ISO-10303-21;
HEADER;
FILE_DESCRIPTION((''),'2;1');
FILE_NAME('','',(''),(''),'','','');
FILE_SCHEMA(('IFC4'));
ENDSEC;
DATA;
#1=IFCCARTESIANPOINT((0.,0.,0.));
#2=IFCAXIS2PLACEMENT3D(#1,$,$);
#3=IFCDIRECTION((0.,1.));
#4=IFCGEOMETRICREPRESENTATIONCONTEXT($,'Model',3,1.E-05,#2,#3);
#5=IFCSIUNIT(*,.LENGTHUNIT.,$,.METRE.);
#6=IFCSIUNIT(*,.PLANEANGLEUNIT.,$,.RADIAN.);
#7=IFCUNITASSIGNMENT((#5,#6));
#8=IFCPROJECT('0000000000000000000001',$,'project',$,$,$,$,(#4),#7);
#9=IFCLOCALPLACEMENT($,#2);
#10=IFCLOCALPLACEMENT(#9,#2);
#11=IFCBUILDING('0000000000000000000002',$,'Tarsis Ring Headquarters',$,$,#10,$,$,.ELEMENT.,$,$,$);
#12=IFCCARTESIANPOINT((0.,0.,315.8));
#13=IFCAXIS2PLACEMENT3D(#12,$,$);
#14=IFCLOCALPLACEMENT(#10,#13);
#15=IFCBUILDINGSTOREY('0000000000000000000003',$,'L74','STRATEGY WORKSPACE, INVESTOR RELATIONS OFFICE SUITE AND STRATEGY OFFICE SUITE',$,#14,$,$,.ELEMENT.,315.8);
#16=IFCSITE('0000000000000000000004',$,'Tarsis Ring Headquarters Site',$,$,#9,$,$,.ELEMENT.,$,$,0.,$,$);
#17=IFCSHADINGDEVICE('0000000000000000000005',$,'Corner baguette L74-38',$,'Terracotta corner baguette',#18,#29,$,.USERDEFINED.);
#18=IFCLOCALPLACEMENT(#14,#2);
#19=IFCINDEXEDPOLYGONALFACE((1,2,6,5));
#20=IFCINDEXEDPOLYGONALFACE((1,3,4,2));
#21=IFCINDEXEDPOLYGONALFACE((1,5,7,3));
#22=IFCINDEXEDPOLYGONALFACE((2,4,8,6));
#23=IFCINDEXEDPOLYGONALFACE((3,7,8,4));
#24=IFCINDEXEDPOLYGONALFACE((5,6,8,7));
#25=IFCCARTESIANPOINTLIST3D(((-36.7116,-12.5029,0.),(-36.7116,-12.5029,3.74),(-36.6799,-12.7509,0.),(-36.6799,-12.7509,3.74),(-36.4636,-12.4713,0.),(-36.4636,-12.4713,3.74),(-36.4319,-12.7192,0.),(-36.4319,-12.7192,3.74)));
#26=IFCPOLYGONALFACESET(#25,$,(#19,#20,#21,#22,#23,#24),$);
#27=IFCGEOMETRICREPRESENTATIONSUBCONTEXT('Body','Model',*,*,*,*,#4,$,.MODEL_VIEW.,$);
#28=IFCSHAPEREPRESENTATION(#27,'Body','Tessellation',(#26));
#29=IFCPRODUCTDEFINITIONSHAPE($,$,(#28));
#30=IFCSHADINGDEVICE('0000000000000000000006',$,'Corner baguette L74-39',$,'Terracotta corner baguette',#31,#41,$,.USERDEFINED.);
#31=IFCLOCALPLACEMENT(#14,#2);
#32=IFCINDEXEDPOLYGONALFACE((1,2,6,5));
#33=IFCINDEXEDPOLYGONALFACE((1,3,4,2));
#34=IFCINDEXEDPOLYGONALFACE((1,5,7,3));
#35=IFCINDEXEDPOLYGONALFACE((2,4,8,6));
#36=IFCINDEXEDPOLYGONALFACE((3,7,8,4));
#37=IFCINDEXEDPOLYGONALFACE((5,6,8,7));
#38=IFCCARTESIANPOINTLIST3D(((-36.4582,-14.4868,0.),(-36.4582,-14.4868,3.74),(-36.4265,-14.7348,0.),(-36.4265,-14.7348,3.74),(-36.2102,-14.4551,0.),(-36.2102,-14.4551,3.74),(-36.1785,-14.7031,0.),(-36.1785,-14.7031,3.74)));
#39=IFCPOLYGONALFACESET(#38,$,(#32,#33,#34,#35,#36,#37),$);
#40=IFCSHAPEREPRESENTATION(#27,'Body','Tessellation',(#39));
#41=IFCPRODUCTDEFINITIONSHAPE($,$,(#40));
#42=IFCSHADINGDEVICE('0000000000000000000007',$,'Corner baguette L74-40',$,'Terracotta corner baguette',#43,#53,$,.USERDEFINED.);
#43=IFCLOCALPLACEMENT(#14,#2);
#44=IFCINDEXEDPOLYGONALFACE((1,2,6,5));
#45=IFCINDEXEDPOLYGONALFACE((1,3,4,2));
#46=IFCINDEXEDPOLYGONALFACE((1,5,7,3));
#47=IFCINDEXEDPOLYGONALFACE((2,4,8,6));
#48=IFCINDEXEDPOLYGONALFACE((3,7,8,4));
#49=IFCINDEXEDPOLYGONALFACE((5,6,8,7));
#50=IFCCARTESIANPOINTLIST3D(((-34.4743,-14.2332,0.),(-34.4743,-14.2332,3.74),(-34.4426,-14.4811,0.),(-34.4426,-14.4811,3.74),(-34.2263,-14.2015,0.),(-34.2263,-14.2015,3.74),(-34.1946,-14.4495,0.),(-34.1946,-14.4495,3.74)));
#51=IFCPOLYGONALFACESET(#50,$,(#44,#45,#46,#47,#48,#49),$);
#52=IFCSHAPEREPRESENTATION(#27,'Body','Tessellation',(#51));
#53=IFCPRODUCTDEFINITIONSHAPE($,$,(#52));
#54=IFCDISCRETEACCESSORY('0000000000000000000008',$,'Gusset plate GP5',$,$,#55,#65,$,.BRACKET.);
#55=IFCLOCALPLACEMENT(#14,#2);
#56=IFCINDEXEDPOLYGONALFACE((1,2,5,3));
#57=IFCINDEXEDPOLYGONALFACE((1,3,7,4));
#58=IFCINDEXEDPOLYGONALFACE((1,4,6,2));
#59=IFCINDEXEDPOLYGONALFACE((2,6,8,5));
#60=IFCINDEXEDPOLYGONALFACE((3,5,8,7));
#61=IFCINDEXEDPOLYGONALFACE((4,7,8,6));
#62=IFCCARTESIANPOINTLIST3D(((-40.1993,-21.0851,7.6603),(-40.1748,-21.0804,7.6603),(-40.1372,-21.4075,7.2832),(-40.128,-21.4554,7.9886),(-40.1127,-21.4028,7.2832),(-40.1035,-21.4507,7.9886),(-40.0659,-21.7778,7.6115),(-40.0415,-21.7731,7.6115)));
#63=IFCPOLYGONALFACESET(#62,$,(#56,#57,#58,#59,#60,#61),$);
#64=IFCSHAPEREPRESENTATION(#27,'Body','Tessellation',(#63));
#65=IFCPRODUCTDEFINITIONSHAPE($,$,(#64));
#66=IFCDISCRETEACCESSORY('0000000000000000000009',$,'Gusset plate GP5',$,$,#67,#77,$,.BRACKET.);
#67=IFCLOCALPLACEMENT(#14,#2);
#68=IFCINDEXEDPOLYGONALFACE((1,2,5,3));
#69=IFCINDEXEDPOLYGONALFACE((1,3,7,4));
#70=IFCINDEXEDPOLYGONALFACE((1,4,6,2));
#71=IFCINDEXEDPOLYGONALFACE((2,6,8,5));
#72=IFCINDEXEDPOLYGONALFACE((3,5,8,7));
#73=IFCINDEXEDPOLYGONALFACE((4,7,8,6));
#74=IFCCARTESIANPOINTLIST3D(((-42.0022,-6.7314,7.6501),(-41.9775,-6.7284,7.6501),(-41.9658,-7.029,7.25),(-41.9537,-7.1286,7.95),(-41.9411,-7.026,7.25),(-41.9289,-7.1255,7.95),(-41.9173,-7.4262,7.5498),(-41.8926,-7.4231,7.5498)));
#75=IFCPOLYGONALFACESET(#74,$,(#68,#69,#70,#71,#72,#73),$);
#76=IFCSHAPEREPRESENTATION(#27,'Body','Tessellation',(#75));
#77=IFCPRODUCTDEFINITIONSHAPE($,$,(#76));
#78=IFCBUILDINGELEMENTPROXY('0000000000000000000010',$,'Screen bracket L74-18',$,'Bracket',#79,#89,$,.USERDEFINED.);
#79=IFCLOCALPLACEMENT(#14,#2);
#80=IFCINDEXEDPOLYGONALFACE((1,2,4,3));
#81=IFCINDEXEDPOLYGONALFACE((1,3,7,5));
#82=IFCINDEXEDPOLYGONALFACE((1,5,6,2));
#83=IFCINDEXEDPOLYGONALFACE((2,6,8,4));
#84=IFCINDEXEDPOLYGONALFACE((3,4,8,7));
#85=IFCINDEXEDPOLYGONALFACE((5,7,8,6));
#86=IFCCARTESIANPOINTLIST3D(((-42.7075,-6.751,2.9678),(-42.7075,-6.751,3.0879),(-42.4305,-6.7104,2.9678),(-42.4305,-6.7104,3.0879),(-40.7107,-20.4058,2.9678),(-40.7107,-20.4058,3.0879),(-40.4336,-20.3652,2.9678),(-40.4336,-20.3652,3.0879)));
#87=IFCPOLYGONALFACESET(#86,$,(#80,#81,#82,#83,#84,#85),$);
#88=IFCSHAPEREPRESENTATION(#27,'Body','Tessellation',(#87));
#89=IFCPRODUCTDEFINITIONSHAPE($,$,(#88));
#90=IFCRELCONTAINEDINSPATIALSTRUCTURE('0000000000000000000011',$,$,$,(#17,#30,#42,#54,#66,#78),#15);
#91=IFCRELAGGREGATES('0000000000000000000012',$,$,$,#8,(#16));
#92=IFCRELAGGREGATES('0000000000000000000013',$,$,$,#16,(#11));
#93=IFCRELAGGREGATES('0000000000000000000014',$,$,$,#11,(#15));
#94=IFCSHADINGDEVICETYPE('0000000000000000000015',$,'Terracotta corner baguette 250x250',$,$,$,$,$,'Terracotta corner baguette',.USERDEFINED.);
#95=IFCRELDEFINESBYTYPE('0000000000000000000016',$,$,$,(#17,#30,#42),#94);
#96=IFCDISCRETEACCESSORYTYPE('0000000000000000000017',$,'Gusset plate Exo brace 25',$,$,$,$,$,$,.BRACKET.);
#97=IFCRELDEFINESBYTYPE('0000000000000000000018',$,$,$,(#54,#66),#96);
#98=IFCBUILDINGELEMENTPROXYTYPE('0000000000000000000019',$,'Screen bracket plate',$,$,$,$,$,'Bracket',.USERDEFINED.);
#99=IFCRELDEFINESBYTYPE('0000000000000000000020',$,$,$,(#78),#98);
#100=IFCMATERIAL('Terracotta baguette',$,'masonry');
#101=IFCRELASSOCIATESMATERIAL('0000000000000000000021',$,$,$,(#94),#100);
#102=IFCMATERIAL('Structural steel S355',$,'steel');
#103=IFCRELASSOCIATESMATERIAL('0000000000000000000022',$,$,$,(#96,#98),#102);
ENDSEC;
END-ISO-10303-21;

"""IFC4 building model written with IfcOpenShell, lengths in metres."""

from ifc_helpers import new_model, si_unit, direction, frame, origin, origin_2d, place, context, subcontext, project, spatial, rectangle, extrude, material, material_profile, profile_set, type_object, element, save


model = new_model("IFC4")

# Units and contexts
model_context = context("Model", 3, precision=1e-05, world=origin(), true_north=direction((0.0, 1.0)))
body_context = subcontext(model_context, "Body", "Model", "MODEL_VIEW")
ifc_project = project(units=[si_unit("LENGTHUNIT", "METRE"), si_unit("PLANEANGLEUNIT", "RADIAN")], contexts=[model_context])

# Site, building, storey
site_placement = place(None, origin())
site = spatial("IfcSite", under=ifc_project, at=site_placement, Name="Tarsis Ring Headquarters Site", CompositionType="ELEMENT", RefElevation=0.0)
building_placement = place(site_placement, origin())
building = spatial("IfcBuilding", under=site, at=building_placement, Name="Tarsis Ring Headquarters", CompositionType="ELEMENT")
storey_placement = place(building_placement, frame((0.0, 0.0, 315.8)))
storey = spatial("IfcBuildingStorey", under=building, at=storey_placement, Name="L74", Description="STRATEGY WORKSPACE, INVESTOR RELATIONS OFFICE SUITE AND STRATEGY OFFICE SUITE", CompositionType="ELEMENT", Elevation=315.8)

# Shared definitions
ifc_material_1 = material(Name="Structural steel S355", Category="steel")

# Shading devices
ifc_material_2 = material(Name="Terracotta baguette", Category="masonry")
shading_device_type_1 = type_object("IfcShadingDeviceType", Name="Terracotta corner baguette 250x250", ElementType="Terracotta corner baguette", PredefinedType="USERDEFINED", material=ifc_material_2)
for number, where, z_axis, x_axis, name in (
    (1, (-36.5718, -12.6111, 0.0), (0.0, 0.0, 1.0), (0.991939, 0.126719, 0.0), "Corner baguette L74-38"),
    (2, (-36.3184, -14.595, 0.0), (0.0, 0.0, 1.0), (0.126718, -0.991939, 0.0), "Corner baguette L74-39"),
    (3, (-34.3345, -14.3413, 0.0), (0.0, 0.0, 1.0), (0.991939, 0.126718, 0.0), "Corner baguette L74-40"),
):
    element("IfcShadingDevice", number, at=place(storey_placement, frame(where, z_axis=z_axis, x_axis=x_axis)), inside=storey, type_object=shading_device_type_1, Name=name, ObjectType="Terracotta corner baguette", PredefinedType="USERDEFINED", context=body_context, shape_type="SweptSolid", body=[
        extrude(rectangle(XDim=0.25, YDim=0.25, at=origin_2d()), origin(), (0.0, 0.0, 1.0), 3.74),
    ])

# Discrete accessories
ifc_material_profile_1 = material_profile(ifc_material_1, rectangle(XDim=0.0249, YDim=0.5, at=origin_2d()), Name="PL 25x500")
ifc_profile_set_1 = profile_set([ifc_material_profile_1], Name="Structural steel S355")
discrete_accessory_type = type_object("IfcDiscreteAccessoryType", Name="Gusset plate Exo brace 25", PredefinedType="BRACKET", material=ifc_profile_set_1)
for number, where, z_axis, x_axis, name in (
    (4, (-40.0847, -21.6143, 7.8), (-0.142556, 0.74061, -0.656639), (-0.981974, -0.189015, 0.0), "Gusset plate GP5"),
    (5, (-41.9656, -6.9285, 7.8), (0.072752, -0.595202, -0.800276), (0.992612, 0.121328, 0.0), "Gusset plate GP5"),
):
    element("IfcDiscreteAccessory", number, at=place(storey_placement, frame(where, z_axis=z_axis, x_axis=x_axis)), inside=storey, type_object=discrete_accessory_type, Name=name, PredefinedType="BRACKET", context=body_context, shape_type="SweptSolid", body=[
        extrude(rectangle(XDim=0.0249, YDim=0.5, at=origin_2d()), origin(), (0.0, 0.0, 1.0), 0.5),
    ])

# Building element proxy
building_element_proxy_type = type_object("IfcBuildingElementProxyType", Name="Screen bracket plate", ElementType="Bracket", PredefinedType="USERDEFINED", material=ifc_material_1)
proxy_placement = place(storey_placement, frame((-41.5706, -13.5581, 2.9678), z_axis=(0.0, 0.0, 1.0), x_axis=(0.144702, -0.989475, 0.0)))
element("IfcBuildingElementProxy", 6, at=proxy_placement, inside=storey, type_object=building_element_proxy_type, Name="Screen bracket L74-18", ObjectType="Bracket", PredefinedType="USERDEFINED", context=body_context, shape_type="SweptSolid", body=[
    extrude(rectangle(XDim=13.8, YDim=0.28, at=origin_2d()), origin(), (0.0, 0.0, 1.0), 0.1201),
])

save(model, "model.ifc")
